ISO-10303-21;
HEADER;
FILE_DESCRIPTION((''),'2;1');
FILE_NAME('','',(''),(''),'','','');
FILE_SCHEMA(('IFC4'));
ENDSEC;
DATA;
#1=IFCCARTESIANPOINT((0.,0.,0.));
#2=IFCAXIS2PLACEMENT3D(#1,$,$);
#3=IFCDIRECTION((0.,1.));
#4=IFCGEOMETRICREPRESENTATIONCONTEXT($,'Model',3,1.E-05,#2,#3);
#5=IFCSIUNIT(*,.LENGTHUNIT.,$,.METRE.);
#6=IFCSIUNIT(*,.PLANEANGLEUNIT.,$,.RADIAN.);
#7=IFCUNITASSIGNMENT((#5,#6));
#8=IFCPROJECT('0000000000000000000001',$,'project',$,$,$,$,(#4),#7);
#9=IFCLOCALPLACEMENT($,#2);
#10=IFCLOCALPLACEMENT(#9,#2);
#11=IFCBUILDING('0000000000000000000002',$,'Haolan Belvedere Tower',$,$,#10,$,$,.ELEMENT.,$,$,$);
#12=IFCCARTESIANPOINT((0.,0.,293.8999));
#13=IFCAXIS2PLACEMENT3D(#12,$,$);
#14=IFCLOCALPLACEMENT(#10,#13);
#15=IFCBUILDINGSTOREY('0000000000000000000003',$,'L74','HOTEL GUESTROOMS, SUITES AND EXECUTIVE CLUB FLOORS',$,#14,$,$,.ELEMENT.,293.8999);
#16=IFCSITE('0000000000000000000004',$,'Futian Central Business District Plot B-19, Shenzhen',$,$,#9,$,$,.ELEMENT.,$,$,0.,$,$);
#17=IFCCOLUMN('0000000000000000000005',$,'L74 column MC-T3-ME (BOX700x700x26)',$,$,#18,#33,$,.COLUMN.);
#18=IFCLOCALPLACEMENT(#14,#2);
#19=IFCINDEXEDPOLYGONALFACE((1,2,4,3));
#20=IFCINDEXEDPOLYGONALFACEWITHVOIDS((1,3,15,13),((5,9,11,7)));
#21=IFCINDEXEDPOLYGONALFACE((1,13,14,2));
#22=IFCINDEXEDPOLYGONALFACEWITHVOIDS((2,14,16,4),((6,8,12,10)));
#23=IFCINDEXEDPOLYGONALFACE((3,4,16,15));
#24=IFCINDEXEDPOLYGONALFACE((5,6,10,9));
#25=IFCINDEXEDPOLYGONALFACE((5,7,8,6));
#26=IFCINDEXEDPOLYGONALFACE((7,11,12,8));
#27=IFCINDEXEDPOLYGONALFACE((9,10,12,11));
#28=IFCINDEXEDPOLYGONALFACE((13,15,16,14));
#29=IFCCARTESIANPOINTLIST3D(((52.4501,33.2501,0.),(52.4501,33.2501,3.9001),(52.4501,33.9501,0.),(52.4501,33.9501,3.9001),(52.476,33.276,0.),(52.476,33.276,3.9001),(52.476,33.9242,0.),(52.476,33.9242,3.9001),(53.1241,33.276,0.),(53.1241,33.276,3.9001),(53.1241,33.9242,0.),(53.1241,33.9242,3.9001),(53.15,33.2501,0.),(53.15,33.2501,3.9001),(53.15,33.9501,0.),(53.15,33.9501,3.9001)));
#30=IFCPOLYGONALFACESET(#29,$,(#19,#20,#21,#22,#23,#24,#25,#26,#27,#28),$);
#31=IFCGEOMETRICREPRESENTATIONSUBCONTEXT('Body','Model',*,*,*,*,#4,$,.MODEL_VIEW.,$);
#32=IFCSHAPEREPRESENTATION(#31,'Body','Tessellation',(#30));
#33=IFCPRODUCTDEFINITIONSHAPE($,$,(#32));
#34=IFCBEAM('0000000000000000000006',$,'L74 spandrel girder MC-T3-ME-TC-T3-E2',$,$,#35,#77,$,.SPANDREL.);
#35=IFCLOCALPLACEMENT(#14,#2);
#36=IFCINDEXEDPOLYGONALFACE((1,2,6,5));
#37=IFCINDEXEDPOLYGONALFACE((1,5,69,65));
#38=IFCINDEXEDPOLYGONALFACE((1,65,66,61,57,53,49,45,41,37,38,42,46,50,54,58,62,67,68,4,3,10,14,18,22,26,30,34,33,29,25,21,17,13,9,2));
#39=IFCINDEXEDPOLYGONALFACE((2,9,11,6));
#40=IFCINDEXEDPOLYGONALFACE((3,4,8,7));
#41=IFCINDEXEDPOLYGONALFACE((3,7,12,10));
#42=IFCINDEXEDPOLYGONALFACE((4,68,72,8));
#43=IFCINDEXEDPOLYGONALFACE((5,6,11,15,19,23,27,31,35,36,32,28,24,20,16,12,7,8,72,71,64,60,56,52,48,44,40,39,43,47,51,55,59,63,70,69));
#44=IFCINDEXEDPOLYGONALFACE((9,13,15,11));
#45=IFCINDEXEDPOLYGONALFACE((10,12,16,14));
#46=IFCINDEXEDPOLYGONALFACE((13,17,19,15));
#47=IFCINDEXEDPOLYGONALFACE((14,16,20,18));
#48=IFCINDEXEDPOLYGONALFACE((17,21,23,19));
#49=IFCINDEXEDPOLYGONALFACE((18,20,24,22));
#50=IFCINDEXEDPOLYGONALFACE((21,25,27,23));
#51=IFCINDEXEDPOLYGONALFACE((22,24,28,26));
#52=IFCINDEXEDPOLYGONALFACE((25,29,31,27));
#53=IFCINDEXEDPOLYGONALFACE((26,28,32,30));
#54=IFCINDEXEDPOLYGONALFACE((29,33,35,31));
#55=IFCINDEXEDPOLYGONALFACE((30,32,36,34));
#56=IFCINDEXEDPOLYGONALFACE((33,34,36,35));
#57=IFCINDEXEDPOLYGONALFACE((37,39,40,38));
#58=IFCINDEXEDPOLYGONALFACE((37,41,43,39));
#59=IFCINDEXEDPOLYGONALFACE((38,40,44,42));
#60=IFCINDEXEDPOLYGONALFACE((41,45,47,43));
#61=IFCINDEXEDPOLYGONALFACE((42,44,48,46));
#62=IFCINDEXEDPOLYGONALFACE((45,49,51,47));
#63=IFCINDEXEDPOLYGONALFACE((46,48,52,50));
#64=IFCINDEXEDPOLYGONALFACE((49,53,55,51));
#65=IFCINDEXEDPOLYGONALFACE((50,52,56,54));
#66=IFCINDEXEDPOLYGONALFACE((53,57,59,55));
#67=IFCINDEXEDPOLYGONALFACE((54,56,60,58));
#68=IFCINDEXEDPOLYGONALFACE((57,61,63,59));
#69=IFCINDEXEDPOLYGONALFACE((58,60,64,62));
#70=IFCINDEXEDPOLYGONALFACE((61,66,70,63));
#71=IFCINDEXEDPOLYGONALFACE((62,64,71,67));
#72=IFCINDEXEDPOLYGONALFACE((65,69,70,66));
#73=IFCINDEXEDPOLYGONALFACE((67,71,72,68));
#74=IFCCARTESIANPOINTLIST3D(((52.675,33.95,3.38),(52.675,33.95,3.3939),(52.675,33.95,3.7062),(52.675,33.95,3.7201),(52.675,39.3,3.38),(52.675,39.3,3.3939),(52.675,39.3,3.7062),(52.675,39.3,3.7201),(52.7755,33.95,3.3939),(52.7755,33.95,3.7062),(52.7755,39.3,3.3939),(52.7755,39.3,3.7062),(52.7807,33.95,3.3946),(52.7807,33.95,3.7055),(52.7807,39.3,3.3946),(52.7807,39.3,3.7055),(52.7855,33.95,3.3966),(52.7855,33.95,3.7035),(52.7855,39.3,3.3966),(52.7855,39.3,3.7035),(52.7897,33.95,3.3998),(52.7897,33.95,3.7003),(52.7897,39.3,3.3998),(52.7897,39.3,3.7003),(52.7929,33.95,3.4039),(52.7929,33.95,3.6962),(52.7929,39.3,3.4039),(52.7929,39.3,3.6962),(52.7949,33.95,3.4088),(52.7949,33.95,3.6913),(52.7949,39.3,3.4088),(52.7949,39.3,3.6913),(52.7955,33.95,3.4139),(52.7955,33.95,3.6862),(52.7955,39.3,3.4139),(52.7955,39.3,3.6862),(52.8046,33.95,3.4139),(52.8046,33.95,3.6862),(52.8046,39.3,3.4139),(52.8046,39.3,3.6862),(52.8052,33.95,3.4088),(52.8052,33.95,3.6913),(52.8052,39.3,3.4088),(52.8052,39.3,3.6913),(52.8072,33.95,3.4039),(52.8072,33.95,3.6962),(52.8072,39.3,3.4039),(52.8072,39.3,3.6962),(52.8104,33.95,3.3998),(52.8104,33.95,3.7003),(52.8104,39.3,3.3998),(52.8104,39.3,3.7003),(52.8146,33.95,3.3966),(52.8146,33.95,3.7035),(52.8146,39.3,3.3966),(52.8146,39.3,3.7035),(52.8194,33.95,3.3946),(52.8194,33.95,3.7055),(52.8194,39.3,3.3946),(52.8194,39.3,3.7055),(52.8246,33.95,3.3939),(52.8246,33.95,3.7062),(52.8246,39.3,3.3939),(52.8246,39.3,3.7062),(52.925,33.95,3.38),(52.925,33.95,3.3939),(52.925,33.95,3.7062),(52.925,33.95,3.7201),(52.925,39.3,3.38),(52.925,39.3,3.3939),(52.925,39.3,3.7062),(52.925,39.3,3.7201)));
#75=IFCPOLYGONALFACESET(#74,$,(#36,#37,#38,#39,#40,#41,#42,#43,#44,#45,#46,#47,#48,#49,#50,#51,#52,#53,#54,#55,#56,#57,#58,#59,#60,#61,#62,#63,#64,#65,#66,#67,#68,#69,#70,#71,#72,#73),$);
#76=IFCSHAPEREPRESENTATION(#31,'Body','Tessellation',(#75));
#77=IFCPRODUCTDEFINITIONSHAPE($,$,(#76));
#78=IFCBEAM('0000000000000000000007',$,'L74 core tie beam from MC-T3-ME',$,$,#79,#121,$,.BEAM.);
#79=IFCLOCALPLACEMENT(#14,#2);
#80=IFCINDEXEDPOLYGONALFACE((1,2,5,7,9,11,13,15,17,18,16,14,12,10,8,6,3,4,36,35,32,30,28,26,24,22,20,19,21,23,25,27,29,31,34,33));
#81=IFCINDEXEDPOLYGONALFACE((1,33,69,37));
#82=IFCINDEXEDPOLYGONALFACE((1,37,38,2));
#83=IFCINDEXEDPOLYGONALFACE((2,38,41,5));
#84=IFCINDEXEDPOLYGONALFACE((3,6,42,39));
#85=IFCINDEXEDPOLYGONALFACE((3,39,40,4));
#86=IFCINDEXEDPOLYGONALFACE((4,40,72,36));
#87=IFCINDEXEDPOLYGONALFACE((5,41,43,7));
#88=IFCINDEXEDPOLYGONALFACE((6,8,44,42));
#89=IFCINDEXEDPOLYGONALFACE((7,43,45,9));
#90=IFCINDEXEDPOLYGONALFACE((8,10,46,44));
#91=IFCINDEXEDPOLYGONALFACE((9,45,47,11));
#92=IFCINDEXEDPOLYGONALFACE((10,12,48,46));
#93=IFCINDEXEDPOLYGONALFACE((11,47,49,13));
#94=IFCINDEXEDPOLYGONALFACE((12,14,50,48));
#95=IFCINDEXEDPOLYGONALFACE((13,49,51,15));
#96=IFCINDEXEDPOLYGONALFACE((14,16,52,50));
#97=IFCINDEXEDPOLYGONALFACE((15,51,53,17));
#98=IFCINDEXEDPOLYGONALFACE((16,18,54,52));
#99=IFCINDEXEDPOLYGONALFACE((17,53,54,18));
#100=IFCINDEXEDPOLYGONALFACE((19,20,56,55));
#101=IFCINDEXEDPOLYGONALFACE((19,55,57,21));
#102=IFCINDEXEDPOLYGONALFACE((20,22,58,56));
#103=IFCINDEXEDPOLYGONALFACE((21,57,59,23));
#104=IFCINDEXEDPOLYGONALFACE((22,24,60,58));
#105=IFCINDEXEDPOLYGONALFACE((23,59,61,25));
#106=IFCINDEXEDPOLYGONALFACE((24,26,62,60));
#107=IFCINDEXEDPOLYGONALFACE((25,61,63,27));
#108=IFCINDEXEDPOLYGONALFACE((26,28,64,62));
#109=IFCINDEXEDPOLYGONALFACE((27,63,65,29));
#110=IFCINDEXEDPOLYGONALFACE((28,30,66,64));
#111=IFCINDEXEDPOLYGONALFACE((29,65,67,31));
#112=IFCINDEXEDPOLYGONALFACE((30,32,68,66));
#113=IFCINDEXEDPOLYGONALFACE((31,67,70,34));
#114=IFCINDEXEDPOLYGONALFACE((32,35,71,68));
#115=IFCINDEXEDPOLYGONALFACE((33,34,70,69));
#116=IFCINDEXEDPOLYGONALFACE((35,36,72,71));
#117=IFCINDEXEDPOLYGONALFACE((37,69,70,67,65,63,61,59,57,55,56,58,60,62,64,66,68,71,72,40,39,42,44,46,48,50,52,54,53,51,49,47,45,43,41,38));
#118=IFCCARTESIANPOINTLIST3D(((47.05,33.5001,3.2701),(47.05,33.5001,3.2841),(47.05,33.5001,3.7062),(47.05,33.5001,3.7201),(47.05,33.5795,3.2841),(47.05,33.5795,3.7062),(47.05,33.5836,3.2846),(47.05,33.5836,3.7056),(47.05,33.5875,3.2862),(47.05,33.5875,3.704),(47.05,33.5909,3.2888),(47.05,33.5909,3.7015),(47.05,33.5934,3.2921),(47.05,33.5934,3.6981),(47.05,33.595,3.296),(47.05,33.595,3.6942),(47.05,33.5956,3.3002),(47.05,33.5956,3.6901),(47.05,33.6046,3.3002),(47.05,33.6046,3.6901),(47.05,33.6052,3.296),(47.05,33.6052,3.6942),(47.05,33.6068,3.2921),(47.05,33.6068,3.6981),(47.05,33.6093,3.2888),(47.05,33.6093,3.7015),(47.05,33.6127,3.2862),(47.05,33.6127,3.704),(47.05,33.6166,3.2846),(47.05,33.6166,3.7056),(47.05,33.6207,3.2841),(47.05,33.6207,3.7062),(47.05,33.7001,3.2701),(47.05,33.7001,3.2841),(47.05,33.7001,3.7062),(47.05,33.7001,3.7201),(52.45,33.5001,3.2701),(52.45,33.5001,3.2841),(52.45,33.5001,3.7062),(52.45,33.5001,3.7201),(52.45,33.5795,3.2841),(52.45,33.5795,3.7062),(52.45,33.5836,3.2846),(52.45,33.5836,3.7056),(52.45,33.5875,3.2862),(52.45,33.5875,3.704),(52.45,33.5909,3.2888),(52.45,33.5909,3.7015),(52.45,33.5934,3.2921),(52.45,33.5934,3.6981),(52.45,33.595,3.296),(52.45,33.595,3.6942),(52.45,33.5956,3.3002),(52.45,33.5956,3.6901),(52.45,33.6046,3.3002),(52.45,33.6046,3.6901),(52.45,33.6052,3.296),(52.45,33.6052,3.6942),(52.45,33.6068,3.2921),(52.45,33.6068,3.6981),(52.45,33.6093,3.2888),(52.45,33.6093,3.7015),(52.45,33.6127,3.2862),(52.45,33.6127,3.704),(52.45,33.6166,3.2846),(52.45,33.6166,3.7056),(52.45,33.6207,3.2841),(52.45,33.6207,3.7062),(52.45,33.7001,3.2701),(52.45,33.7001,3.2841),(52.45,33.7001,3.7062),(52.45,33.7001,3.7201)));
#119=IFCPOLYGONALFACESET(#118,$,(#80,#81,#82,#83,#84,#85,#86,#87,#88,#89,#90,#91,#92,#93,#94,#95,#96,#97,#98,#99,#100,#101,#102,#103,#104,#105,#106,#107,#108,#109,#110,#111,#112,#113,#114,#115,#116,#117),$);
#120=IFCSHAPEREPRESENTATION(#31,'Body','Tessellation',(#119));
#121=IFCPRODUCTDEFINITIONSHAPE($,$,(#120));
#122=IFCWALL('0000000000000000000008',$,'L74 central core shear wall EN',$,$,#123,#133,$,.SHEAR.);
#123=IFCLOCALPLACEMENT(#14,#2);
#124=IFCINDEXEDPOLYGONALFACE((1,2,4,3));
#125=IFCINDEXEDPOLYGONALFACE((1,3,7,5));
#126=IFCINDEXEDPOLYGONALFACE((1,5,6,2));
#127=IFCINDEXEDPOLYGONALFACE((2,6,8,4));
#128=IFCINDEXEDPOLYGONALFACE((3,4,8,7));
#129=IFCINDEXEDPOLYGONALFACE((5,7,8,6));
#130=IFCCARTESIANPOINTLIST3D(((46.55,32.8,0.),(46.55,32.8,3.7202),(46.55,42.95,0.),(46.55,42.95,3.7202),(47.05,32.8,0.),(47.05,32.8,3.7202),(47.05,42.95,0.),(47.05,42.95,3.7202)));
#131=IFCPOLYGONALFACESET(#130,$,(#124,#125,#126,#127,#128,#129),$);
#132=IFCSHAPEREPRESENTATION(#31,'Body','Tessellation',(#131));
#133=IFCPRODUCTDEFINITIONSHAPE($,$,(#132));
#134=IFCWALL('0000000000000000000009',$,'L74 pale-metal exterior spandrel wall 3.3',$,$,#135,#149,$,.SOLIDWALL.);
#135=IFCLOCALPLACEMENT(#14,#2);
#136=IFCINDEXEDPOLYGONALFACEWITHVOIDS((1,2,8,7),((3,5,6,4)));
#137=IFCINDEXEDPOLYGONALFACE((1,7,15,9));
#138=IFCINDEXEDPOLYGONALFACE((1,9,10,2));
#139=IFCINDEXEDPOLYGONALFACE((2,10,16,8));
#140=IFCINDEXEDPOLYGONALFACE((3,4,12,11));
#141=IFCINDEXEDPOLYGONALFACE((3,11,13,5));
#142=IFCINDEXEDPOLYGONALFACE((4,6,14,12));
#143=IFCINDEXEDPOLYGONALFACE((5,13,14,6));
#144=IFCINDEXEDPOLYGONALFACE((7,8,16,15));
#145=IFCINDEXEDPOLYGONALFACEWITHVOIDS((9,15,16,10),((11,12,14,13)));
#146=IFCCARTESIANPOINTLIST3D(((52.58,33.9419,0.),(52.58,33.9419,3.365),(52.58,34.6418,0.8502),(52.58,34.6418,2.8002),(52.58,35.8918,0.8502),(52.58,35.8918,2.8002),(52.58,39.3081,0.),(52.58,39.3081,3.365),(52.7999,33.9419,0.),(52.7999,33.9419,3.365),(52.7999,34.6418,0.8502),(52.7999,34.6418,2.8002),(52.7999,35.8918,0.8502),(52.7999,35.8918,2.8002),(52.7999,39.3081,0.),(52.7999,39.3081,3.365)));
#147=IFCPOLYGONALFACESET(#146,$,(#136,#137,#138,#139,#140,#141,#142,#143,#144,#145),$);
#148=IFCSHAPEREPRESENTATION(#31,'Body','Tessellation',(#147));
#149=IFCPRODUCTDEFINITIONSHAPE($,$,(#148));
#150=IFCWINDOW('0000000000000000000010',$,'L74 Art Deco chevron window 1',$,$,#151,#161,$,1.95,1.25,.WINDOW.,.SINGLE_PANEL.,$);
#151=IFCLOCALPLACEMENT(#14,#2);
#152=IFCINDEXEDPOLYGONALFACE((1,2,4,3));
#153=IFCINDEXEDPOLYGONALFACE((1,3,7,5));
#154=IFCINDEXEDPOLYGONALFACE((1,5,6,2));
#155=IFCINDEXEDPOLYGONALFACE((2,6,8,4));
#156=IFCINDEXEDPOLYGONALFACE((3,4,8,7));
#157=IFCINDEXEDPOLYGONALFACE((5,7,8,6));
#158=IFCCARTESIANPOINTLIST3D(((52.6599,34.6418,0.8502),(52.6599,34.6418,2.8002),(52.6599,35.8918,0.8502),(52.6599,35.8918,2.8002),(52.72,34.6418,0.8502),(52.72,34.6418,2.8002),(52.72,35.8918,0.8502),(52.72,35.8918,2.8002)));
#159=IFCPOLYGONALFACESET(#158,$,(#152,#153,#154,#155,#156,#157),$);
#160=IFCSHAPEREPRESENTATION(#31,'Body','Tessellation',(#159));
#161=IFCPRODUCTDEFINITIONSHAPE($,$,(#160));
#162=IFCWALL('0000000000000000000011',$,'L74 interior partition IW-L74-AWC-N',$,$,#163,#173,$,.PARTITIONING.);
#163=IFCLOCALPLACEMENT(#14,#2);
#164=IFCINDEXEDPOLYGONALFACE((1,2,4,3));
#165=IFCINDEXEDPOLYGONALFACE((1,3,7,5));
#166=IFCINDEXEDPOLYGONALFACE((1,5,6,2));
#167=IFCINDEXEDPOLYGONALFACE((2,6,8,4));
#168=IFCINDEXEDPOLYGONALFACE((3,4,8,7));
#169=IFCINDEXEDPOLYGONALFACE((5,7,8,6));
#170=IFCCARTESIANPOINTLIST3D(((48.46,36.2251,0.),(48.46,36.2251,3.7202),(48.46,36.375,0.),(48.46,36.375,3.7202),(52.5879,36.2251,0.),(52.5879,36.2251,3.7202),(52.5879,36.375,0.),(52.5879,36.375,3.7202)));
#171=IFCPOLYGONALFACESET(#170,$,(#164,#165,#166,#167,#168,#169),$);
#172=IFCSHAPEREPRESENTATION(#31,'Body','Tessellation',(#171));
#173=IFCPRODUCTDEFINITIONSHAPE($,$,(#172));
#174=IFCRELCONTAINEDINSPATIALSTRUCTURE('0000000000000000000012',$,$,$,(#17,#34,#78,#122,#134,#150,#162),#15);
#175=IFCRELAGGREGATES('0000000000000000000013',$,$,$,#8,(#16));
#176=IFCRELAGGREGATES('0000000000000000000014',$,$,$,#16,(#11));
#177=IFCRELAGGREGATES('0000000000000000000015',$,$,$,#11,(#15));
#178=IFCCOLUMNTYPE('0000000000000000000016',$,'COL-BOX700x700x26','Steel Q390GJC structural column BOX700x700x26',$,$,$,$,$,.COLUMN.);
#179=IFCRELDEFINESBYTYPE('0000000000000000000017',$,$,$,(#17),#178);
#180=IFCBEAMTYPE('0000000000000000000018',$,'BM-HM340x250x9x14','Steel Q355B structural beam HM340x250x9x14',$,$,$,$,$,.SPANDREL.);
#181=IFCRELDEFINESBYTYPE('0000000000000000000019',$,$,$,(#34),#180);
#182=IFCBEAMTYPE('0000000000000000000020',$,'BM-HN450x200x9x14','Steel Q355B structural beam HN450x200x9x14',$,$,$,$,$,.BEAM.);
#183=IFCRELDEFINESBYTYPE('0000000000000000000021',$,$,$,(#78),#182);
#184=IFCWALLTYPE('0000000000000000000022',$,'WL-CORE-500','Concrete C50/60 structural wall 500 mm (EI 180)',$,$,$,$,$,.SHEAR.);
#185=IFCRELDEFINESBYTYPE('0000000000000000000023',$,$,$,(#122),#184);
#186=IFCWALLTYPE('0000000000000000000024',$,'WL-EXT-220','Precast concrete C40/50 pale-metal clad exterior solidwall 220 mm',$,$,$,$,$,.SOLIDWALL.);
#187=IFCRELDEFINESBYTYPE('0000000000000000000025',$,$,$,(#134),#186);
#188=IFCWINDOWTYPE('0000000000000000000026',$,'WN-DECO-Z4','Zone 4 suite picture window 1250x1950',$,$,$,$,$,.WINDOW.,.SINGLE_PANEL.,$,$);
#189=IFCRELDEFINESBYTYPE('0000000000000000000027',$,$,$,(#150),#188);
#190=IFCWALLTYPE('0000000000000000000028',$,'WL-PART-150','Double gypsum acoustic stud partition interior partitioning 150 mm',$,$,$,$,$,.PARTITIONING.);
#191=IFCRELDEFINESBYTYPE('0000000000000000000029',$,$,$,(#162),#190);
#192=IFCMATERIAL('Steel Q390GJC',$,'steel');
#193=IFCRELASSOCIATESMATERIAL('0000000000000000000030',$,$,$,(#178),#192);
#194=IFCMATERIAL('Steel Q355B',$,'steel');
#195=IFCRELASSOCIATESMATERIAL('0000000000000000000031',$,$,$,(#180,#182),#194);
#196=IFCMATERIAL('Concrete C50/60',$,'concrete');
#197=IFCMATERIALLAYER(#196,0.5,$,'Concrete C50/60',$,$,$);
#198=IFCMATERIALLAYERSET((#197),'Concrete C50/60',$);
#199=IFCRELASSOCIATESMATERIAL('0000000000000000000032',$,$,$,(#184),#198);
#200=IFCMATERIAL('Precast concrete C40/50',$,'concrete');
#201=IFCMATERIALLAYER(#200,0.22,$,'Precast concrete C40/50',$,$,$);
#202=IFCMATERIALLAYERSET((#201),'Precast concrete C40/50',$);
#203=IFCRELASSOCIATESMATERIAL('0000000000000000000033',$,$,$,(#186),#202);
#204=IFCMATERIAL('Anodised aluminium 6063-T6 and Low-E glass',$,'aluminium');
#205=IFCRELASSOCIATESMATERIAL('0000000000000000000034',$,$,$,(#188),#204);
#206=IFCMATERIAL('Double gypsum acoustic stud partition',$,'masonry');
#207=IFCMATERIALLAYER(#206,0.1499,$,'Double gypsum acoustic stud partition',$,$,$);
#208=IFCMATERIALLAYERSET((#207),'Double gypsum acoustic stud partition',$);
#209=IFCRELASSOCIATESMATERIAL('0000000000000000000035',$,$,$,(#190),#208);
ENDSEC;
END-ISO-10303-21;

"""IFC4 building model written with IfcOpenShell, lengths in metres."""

from ifc_helpers import new_model, si_unit, direction, frame, frame_2d, origin, origin_2d, place, context, subcontext, project, spatial, rectangle, hollow_rectangle, i_section, extrude, material, layer, layer_set, material_profile, profile_set, type_object, element, fill, save


model = new_model("IFC4")

# Units and contexts
model_context = context("Model", 3, precision=1e-05, world=origin(), true_north=direction((0.0, 1.0)))
body_context = subcontext(model_context, "Body", "Model", "MODEL_VIEW")
ifc_project = project(units=[si_unit("LENGTHUNIT", "METRE"), si_unit("PLANEANGLEUNIT", "RADIAN")], contexts=[model_context])

# Site, building, storey
site_placement = place(None, origin())
site = spatial("IfcSite", under=ifc_project, at=site_placement, Name="Futian Central Business District Plot B-19, Shenzhen", CompositionType="ELEMENT", RefElevation=0.0)
building_placement = place(site_placement, origin())
building = spatial("IfcBuilding", under=site, at=building_placement, Name="Haolan Belvedere Tower", CompositionType="ELEMENT")
storey_placement = place(building_placement, frame((0.0, 0.0, 293.8999)))
storey = spatial("IfcBuildingStorey", under=building, at=storey_placement, Name="L74", Description="HOTEL GUESTROOMS, SUITES AND EXECUTIVE CLUB FLOORS", CompositionType="ELEMENT", Elevation=293.8999)

# Column
ifc_material_1 = material(Name="Steel Q390GJC", Category="steel")
ifc_material_profile_1 = material_profile(ifc_material_1, hollow_rectangle(XDim=0.7, YDim=0.7, WallThickness=0.0259, at=origin_2d()), Name="Steel Q390GJC")
ifc_profile_set_1 = profile_set([ifc_material_profile_1], Name="Steel Q390GJC")
column_type = type_object("IfcColumnType", Name="COL-BOX700x700x26", Description="Steel Q390GJC structural column BOX700x700x26", PredefinedType="COLUMN", material=ifc_profile_set_1)
column_placement = place(storey_placement, frame((52.8, 33.6001, 0.0), z_axis=(0.0, 0.0, 1.0), x_axis=(1.0, 0.0, 0.0)))
element("IfcColumn", 1, at=column_placement, inside=storey, type_object=column_type, Name="L74 column MC-T3-ME (BOX700x700x26)", PredefinedType="COLUMN", context=body_context, shape_type="SweptSolid", body=[
    extrude(hollow_rectangle(XDim=0.7, YDim=0.7, WallThickness=0.0259, at=origin_2d()), origin(), (0.0, 0.0, 1.0), 3.9001),
])

# Beams
ifc_material_2 = material(Name="Steel Q355B", Category="steel")
ifc_material_profile_2 = material_profile(ifc_material_2, i_section(OverallWidth=0.25, OverallDepth=0.3401, WebThickness=0.009, FlangeThickness=0.0139, FilletRadius=0.02, at=origin_2d()), Name="Steel Q355B")
ifc_profile_set_2 = profile_set([ifc_material_profile_2], Name="Steel Q355B")
beam_type_1 = type_object("IfcBeamType", Name="BM-HM340x250x9x14", Description="Steel Q355B structural beam HM340x250x9x14", PredefinedType="SPANDREL", material=ifc_profile_set_2)
beam_1_placement = place(storey_placement, frame((52.8, 33.95, 3.55), z_axis=(0.0, 1.0, 0.0), x_axis=(-1.0, 0.0, 0.0)))
element("IfcBeam", 2, at=beam_1_placement, inside=storey, type_object=beam_type_1, Name="L74 spandrel girder MC-T3-ME-TC-T3-E2", PredefinedType="SPANDREL", context=body_context, shape_type="SweptSolid", body=[
    extrude(i_section(OverallWidth=0.25, OverallDepth=0.3401, WebThickness=0.009, FlangeThickness=0.0139, FilletRadius=0.02, at=origin_2d()), origin(), (0.0, 0.0, 1.0), 5.3501),
])
ifc_material_profile_3 = material_profile(ifc_material_2, i_section(OverallWidth=0.2, OverallDepth=0.45, WebThickness=0.009, FlangeThickness=0.0139, FilletRadius=0.0161, at=origin_2d()), Name="Steel Q355B")
ifc_profile_set_3 = profile_set([ifc_material_profile_3], Name="Steel Q355B")
beam_type_2 = type_object("IfcBeamType", Name="BM-HN450x200x9x14", Description="Steel Q355B structural beam HN450x200x9x14", PredefinedType="BEAM", material=ifc_profile_set_3)
beam_2_placement = place(storey_placement, frame((52.45, 33.6001, 3.4951), z_axis=(-1.0, 0.0, 0.0), x_axis=(0.0, -1.0, 0.0)))
element("IfcBeam", 3, at=beam_2_placement, inside=storey, type_object=beam_type_2, Name="L74 core tie beam from MC-T3-ME", PredefinedType="BEAM", context=body_context, shape_type="SweptSolid", body=[
    extrude(i_section(OverallWidth=0.2, OverallDepth=0.45, WebThickness=0.009, FlangeThickness=0.0139, FilletRadius=0.0161, at=origin_2d()), origin(), (0.0, 0.0, 1.0), 5.3999),
])

# Wall
ifc_material_3 = material(Name="Concrete C50/60", Category="concrete")
ifc_layer_1 = layer(ifc_material_3, 0.5, Name="Concrete C50/60")
ifc_layer_set_1 = layer_set([ifc_layer_1], Name="Concrete C50/60")
wall_type_1 = type_object("IfcWallType", Name="WL-CORE-500", Description="Concrete C50/60 structural wall 500 mm (EI 180)", PredefinedType="SHEAR", material=ifc_layer_set_1)
wall_1_placement = place(storey_placement, frame((46.8, 32.8, 0.0), z_axis=(0.0, 0.0, 1.0), x_axis=(0.0, 1.0, 0.0)))
element("IfcWall", 4, at=wall_1_placement, inside=storey, type_object=wall_type_1, Name="L74 central core shear wall EN", PredefinedType="SHEAR", context=body_context, shape_type="SweptSolid", body=[
    extrude(rectangle(XDim=10.1499, YDim=0.5, at=frame_2d((5.075, 0.0))), origin(), (0.0, 0.0, 1.0), 3.7202),
])

# Wall, opening, window
ifc_material_4 = material(Name="Precast concrete C40/50", Category="concrete")
ifc_layer_2 = layer(ifc_material_4, 0.22, Name="Precast concrete C40/50")
ifc_layer_set_2 = layer_set([ifc_layer_2], Name="Precast concrete C40/50")
wall_type_2 = type_object("IfcWallType", Name="WL-EXT-220", Description="Precast concrete C40/50 pale-metal clad exterior solidwall 220 mm", PredefinedType="SOLIDWALL", material=ifc_layer_set_2)
wall_2_placement = place(storey_placement, frame((52.6899, 33.9419, 0.0), z_axis=(0.0, 0.0, 1.0), x_axis=(0.0, 1.0, 0.0)))
wall_2 = element("IfcWall", 5, at=wall_2_placement, inside=storey, type_object=wall_type_2, Name="L74 pale-metal exterior spandrel wall 3.3", PredefinedType="SOLIDWALL", context=body_context, shape_type="SweptSolid", body=[
    extrude(rectangle(XDim=5.3662, YDim=0.22, at=frame_2d((2.6831, 0.0))), origin(), (0.0, 0.0, 1.0), 3.365),
])
opening_1_placement = place(wall_2_placement, frame((0.7, 0.0, 0.8501)))
opening_1 = element("IfcOpeningElement", 6, at=opening_1_placement, cuts=wall_2, PredefinedType="OPENING", context=body_context, shape_type="SweptSolid", body=[
    extrude(rectangle(XDim=1.25, YDim=1.95, at=frame_2d((0.625, 0.9751))), frame((0.0, 0.1199, 0.0), z_axis=(0.0, -1.0, 0.0), x_axis=(1.0, 0.0, 0.0)), (0.0, 0.0, 1.0), 0.24),
])
ifc_material_5 = material(Name="Anodised aluminium 6063-T6 and Low-E glass", Category="aluminium")
window_type = type_object("IfcWindowType", Name="WN-DECO-Z4", Description="Zone 4 suite picture window 1250x1950", PartitioningType="SINGLE_PANEL", PredefinedType="WINDOW", material=ifc_material_5)
window_placement = place(opening_1_placement, origin())
window = element("IfcWindow", 7, at=window_placement, inside=storey, type_object=window_type, Name="L74 Art Deco chevron window 1", OverallHeight=1.95, OverallWidth=1.25, PartitioningType="SINGLE_PANEL", PredefinedType="WINDOW", context=body_context, shape_type="SweptSolid", body=[
    extrude(rectangle(XDim=1.25, YDim=1.95, at=frame_2d((0.625, 0.9751))), frame((0.0, 0.03, 0.0), z_axis=(0.0, -1.0, 0.0), x_axis=(1.0, 0.0, 0.0)), (0.0, 0.0, 1.0), 0.0601),
])
fill(opening_1, window)

# Wall
ifc_material_6 = material(Name="Double gypsum acoustic stud partition", Category="masonry")
ifc_layer_3 = layer(ifc_material_6, 0.1499, Name="Double gypsum acoustic stud partition")
ifc_layer_set_3 = layer_set([ifc_layer_3], Name="Double gypsum acoustic stud partition")
wall_type_3 = type_object("IfcWallType", Name="WL-PART-150", Description="Double gypsum acoustic stud partition interior partitioning 150 mm", PredefinedType="PARTITIONING", material=ifc_layer_set_3)
for number, where, z_axis, x_axis, name in (
    (8, (48.46, 36.3, 0.0), (0.0, 0.0, 1.0), (1.0, 0.0, 0.0), "L74 interior partition IW-L74-AWC-N"),
):
    element("IfcWall", number, at=place(storey_placement, frame(where, z_axis=z_axis, x_axis=x_axis)), inside=storey, type_object=wall_type_3, Name=name, PredefinedType="PARTITIONING", context=body_context, shape_type="SweptSolid", body=[
        extrude(rectangle(XDim=4.1279, YDim=0.1499, at=frame_2d((2.064, 0.0))), origin(), (0.0, 0.0, 1.0), 3.7202),
    ])

save(model, "model.ifc")
